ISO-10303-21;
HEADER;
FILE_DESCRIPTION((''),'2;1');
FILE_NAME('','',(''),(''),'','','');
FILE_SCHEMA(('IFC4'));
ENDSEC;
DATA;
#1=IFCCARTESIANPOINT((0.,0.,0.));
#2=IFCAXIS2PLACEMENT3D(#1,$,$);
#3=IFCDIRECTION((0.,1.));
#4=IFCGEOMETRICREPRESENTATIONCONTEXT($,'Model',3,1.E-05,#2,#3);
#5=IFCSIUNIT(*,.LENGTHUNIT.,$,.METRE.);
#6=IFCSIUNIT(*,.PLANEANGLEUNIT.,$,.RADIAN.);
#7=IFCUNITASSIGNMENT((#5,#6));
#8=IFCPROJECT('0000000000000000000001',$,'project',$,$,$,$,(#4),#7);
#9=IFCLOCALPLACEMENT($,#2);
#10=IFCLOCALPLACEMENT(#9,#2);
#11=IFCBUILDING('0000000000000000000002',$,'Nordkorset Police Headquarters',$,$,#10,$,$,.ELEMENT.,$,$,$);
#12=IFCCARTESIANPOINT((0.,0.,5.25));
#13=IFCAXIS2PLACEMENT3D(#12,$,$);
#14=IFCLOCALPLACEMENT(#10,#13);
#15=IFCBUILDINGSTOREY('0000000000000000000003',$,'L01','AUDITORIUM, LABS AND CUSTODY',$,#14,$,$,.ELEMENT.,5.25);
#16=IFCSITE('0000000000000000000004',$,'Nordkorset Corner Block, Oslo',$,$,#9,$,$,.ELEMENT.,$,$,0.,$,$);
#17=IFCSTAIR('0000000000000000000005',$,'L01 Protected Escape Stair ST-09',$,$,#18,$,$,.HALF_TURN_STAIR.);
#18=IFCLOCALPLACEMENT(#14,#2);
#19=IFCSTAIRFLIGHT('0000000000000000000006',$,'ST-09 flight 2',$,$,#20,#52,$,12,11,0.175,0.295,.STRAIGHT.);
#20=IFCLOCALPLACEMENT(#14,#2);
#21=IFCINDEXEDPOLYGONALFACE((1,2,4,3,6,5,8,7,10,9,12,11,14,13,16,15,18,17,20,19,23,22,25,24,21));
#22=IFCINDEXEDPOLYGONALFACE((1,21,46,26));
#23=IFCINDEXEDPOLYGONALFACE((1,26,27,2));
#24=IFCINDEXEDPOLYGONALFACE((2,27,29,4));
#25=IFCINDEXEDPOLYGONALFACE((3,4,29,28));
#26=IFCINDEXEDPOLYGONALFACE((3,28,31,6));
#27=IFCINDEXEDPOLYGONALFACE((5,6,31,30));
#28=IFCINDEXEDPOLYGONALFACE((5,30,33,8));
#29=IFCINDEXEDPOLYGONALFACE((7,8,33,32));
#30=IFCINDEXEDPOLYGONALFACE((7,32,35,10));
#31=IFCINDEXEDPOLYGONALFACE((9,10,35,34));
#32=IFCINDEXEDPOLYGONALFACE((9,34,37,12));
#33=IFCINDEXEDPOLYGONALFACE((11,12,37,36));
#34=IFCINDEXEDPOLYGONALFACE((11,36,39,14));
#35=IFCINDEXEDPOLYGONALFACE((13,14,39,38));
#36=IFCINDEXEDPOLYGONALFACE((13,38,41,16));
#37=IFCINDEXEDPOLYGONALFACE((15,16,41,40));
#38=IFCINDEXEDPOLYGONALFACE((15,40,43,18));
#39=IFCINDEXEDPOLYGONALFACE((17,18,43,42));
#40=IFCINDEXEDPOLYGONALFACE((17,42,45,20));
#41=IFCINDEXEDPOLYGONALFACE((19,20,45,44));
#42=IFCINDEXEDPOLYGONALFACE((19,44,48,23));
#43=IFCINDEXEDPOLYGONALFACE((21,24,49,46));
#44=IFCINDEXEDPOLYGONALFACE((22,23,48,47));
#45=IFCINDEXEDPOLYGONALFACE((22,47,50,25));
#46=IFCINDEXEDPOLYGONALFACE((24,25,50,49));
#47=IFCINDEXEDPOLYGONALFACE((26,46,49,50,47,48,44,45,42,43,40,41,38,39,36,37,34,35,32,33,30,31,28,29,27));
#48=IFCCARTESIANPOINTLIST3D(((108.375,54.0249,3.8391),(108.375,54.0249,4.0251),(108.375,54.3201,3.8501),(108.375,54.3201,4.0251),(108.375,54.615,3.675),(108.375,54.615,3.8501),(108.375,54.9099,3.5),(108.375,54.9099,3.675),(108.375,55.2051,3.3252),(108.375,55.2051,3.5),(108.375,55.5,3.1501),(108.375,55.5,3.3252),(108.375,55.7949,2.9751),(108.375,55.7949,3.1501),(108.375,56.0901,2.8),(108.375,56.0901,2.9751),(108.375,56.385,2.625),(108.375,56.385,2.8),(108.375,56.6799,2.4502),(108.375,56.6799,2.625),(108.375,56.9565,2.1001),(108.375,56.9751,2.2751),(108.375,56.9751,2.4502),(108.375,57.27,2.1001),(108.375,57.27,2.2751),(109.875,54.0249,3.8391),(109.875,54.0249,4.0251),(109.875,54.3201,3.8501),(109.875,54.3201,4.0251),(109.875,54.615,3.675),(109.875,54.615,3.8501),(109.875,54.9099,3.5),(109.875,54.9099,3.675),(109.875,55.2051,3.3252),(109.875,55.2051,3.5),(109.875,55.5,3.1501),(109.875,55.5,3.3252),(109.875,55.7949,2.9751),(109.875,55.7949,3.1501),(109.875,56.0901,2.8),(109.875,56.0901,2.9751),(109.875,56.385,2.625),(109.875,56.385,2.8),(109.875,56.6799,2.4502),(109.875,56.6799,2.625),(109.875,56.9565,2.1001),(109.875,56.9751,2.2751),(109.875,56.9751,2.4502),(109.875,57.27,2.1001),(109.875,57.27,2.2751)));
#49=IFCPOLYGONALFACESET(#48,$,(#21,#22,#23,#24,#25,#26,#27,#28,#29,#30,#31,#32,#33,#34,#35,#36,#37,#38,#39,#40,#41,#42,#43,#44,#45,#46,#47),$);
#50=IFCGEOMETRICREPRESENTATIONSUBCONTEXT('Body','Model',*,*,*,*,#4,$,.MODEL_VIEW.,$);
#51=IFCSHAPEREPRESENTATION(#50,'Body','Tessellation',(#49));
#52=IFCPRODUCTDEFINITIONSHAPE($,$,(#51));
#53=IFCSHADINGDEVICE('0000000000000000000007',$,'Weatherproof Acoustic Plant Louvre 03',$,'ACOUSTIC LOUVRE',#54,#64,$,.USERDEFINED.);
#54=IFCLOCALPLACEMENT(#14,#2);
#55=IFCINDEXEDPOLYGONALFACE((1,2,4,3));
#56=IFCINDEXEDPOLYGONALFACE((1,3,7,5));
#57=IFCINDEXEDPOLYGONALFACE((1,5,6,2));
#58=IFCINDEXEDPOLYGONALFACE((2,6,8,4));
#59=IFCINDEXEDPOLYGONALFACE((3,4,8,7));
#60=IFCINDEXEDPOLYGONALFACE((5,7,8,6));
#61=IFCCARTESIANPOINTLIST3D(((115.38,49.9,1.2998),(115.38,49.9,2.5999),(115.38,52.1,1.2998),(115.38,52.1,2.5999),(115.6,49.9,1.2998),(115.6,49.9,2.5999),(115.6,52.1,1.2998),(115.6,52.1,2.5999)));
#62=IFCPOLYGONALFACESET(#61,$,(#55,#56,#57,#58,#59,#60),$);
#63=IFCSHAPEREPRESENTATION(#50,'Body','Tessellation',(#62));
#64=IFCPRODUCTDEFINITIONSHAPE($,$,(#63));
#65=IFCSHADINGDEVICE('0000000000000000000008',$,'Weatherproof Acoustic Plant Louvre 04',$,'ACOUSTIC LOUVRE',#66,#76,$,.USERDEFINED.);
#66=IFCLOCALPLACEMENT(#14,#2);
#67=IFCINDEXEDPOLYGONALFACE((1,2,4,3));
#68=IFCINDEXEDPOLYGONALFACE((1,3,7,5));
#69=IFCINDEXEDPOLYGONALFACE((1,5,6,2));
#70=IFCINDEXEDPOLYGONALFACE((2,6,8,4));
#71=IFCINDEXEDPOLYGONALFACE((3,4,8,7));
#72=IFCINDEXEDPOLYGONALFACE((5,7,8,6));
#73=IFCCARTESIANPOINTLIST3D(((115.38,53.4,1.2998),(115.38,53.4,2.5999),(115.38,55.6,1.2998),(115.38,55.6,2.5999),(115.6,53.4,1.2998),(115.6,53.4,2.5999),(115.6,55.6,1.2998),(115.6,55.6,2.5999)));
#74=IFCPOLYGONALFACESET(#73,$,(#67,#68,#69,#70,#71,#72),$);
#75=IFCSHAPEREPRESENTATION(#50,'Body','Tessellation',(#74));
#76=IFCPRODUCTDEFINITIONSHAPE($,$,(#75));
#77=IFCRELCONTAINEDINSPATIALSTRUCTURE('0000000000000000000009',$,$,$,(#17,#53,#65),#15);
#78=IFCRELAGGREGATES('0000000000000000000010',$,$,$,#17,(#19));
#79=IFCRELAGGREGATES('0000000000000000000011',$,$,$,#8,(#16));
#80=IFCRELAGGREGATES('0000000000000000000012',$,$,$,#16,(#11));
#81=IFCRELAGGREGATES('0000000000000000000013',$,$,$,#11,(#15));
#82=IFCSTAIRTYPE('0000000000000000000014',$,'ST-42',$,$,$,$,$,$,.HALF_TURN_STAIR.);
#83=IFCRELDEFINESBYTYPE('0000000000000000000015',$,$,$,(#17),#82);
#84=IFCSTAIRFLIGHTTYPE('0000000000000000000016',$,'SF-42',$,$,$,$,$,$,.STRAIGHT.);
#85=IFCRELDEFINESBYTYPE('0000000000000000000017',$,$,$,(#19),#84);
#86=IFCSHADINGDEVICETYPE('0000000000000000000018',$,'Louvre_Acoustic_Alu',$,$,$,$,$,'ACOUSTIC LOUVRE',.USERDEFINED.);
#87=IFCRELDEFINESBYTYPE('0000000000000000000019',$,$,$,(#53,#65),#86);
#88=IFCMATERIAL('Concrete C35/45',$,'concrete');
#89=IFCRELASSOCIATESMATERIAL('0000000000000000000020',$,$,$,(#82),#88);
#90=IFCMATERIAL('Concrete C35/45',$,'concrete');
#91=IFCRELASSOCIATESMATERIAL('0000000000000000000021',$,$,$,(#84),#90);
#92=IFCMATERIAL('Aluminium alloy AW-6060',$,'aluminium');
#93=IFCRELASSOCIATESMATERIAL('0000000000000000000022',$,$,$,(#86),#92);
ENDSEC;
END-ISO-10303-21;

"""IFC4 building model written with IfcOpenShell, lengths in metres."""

from ifc_helpers import new_model, si_unit, direction, frame, origin, origin_2d, place, context, subcontext, project, spatial, polyline, rectangle, outline, extrude, material, type_object, element, aggregate, save


model = new_model("IFC4")

# Units and contexts
model_context = context("Model", 3, precision=1e-05, world=origin(), true_north=direction((0.0, 1.0)))
body_context = subcontext(model_context, "Body", "Model", "MODEL_VIEW")
ifc_project = project(units=[si_unit("LENGTHUNIT", "METRE"), si_unit("PLANEANGLEUNIT", "RADIAN")], contexts=[model_context])

# Site, building, storey
site_placement = place(None, origin())
site = spatial("IfcSite", under=ifc_project, at=site_placement, Name="Nordkorset Corner Block, Oslo", CompositionType="ELEMENT", RefElevation=0.0)
building_placement = place(site_placement, origin())
building = spatial("IfcBuilding", under=site, at=building_placement, Name="Nordkorset Police Headquarters", CompositionType="ELEMENT")
storey_placement = place(building_placement, frame((0.0, 0.0, 5.25)))
storey = spatial("IfcBuildingStorey", under=building, at=storey_placement, Name="L01", Description="AUDITORIUM, LABS AND CUSTODY", CompositionType="ELEMENT", Elevation=5.25)

# Stair, stair flight
ifc_material_1 = material(Name="Concrete C35/45", Category="concrete")
stair_type = type_object("IfcStairType", Name="ST-42", PredefinedType="HALF_TURN_STAIR", material=ifc_material_1)
stair_placement = place(storey_placement, origin())
stair = element("IfcStair", 1, at=stair_placement, inside=storey, type_object=stair_type, Name="L01 Protected Escape Stair ST-09", PredefinedType="HALF_TURN_STAIR")
ifc_material_2 = material(Name="Concrete C35/45", Category="concrete")
stair_flight_type = type_object("IfcStairFlightType", Name="SF-42", PredefinedType="STRAIGHT", material=ifc_material_2)
stair_flight_1_placement = place(storey_placement, frame((109.125, 57.27, 2.1001), z_axis=(0.0, 0.0, 1.0), x_axis=(0.0, -1.0, 0.0)))
stair_flight_1 = element("IfcStairFlight", 2, at=stair_flight_1_placement, type_object=stair_flight_type, Name="ST-09 flight 2", NumberOfRisers=12, NumberOfTreads=11, PredefinedType="STRAIGHT", RiserHeight=0.175, TreadLength=0.295, context=body_context, shape_type="SweptSolid", body=[
    extrude(outline(polyline([(0.0, 0.0), (0.0, 0.175), (0.2949, 0.175), (0.2949, 0.3501), (0.5901, 0.3501), (0.5901, 0.5249), (0.885, 0.5249), (0.885, 0.7), (1.1799, 0.7), (1.1799, 0.875), (1.4751, 0.875), (1.4751, 1.05), (1.77, 1.05), (1.77, 1.2251), (2.0649, 1.2251), (2.0649, 1.3999), (2.3601, 1.3999), (2.3601, 1.575), (2.655, 1.575), (2.655, 1.75), (2.95, 1.75), (2.95, 1.925), (3.2451, 1.925), (3.2451, 2.1001), (3.2451, 1.739), (0.3135, 0.0), (0.0, 0.0)])), frame((0.0, 0.75, 0.0), z_axis=(0.0, -1.0, 0.0), x_axis=(1.0, 0.0, 0.0)), (0.0, 0.0, 1.0), 1.5),
])
aggregate(stair, [stair_flight_1])

# Shading devices
ifc_material_3 = material(Name="Aluminium alloy AW-6060", Category="aluminium")
shading_device_type = type_object("IfcShadingDeviceType", Name="Louvre_Acoustic_Alu", ElementType="ACOUSTIC LOUVRE", PredefinedType="USERDEFINED", material=ifc_material_3)
for number, where, z_axis, x_axis, name in (
    (3, (115.49, 51.0, 1.2998), (0.0, 0.0, 1.0), (1.0, 0.0, 0.0), "Weatherproof Acoustic Plant Louvre 03"),
    (4, (115.49, 54.5, 1.2998), (0.0, 0.0, 1.0), (1.0, 0.0, 0.0), "Weatherproof Acoustic Plant Louvre 04"),
):
    element("IfcShadingDevice", number, at=place(storey_placement, frame(where, z_axis=z_axis, x_axis=x_axis)), inside=storey, type_object=shading_device_type, Name=name, ObjectType="ACOUSTIC LOUVRE", PredefinedType="USERDEFINED", context=body_context, shape_type="SweptSolid", body=[
        extrude(rectangle(XDim=0.22, YDim=2.2, at=origin_2d()), origin(), (0.0, 0.0, 1.0), 1.3),
    ])

save(model, "model.ifc")
